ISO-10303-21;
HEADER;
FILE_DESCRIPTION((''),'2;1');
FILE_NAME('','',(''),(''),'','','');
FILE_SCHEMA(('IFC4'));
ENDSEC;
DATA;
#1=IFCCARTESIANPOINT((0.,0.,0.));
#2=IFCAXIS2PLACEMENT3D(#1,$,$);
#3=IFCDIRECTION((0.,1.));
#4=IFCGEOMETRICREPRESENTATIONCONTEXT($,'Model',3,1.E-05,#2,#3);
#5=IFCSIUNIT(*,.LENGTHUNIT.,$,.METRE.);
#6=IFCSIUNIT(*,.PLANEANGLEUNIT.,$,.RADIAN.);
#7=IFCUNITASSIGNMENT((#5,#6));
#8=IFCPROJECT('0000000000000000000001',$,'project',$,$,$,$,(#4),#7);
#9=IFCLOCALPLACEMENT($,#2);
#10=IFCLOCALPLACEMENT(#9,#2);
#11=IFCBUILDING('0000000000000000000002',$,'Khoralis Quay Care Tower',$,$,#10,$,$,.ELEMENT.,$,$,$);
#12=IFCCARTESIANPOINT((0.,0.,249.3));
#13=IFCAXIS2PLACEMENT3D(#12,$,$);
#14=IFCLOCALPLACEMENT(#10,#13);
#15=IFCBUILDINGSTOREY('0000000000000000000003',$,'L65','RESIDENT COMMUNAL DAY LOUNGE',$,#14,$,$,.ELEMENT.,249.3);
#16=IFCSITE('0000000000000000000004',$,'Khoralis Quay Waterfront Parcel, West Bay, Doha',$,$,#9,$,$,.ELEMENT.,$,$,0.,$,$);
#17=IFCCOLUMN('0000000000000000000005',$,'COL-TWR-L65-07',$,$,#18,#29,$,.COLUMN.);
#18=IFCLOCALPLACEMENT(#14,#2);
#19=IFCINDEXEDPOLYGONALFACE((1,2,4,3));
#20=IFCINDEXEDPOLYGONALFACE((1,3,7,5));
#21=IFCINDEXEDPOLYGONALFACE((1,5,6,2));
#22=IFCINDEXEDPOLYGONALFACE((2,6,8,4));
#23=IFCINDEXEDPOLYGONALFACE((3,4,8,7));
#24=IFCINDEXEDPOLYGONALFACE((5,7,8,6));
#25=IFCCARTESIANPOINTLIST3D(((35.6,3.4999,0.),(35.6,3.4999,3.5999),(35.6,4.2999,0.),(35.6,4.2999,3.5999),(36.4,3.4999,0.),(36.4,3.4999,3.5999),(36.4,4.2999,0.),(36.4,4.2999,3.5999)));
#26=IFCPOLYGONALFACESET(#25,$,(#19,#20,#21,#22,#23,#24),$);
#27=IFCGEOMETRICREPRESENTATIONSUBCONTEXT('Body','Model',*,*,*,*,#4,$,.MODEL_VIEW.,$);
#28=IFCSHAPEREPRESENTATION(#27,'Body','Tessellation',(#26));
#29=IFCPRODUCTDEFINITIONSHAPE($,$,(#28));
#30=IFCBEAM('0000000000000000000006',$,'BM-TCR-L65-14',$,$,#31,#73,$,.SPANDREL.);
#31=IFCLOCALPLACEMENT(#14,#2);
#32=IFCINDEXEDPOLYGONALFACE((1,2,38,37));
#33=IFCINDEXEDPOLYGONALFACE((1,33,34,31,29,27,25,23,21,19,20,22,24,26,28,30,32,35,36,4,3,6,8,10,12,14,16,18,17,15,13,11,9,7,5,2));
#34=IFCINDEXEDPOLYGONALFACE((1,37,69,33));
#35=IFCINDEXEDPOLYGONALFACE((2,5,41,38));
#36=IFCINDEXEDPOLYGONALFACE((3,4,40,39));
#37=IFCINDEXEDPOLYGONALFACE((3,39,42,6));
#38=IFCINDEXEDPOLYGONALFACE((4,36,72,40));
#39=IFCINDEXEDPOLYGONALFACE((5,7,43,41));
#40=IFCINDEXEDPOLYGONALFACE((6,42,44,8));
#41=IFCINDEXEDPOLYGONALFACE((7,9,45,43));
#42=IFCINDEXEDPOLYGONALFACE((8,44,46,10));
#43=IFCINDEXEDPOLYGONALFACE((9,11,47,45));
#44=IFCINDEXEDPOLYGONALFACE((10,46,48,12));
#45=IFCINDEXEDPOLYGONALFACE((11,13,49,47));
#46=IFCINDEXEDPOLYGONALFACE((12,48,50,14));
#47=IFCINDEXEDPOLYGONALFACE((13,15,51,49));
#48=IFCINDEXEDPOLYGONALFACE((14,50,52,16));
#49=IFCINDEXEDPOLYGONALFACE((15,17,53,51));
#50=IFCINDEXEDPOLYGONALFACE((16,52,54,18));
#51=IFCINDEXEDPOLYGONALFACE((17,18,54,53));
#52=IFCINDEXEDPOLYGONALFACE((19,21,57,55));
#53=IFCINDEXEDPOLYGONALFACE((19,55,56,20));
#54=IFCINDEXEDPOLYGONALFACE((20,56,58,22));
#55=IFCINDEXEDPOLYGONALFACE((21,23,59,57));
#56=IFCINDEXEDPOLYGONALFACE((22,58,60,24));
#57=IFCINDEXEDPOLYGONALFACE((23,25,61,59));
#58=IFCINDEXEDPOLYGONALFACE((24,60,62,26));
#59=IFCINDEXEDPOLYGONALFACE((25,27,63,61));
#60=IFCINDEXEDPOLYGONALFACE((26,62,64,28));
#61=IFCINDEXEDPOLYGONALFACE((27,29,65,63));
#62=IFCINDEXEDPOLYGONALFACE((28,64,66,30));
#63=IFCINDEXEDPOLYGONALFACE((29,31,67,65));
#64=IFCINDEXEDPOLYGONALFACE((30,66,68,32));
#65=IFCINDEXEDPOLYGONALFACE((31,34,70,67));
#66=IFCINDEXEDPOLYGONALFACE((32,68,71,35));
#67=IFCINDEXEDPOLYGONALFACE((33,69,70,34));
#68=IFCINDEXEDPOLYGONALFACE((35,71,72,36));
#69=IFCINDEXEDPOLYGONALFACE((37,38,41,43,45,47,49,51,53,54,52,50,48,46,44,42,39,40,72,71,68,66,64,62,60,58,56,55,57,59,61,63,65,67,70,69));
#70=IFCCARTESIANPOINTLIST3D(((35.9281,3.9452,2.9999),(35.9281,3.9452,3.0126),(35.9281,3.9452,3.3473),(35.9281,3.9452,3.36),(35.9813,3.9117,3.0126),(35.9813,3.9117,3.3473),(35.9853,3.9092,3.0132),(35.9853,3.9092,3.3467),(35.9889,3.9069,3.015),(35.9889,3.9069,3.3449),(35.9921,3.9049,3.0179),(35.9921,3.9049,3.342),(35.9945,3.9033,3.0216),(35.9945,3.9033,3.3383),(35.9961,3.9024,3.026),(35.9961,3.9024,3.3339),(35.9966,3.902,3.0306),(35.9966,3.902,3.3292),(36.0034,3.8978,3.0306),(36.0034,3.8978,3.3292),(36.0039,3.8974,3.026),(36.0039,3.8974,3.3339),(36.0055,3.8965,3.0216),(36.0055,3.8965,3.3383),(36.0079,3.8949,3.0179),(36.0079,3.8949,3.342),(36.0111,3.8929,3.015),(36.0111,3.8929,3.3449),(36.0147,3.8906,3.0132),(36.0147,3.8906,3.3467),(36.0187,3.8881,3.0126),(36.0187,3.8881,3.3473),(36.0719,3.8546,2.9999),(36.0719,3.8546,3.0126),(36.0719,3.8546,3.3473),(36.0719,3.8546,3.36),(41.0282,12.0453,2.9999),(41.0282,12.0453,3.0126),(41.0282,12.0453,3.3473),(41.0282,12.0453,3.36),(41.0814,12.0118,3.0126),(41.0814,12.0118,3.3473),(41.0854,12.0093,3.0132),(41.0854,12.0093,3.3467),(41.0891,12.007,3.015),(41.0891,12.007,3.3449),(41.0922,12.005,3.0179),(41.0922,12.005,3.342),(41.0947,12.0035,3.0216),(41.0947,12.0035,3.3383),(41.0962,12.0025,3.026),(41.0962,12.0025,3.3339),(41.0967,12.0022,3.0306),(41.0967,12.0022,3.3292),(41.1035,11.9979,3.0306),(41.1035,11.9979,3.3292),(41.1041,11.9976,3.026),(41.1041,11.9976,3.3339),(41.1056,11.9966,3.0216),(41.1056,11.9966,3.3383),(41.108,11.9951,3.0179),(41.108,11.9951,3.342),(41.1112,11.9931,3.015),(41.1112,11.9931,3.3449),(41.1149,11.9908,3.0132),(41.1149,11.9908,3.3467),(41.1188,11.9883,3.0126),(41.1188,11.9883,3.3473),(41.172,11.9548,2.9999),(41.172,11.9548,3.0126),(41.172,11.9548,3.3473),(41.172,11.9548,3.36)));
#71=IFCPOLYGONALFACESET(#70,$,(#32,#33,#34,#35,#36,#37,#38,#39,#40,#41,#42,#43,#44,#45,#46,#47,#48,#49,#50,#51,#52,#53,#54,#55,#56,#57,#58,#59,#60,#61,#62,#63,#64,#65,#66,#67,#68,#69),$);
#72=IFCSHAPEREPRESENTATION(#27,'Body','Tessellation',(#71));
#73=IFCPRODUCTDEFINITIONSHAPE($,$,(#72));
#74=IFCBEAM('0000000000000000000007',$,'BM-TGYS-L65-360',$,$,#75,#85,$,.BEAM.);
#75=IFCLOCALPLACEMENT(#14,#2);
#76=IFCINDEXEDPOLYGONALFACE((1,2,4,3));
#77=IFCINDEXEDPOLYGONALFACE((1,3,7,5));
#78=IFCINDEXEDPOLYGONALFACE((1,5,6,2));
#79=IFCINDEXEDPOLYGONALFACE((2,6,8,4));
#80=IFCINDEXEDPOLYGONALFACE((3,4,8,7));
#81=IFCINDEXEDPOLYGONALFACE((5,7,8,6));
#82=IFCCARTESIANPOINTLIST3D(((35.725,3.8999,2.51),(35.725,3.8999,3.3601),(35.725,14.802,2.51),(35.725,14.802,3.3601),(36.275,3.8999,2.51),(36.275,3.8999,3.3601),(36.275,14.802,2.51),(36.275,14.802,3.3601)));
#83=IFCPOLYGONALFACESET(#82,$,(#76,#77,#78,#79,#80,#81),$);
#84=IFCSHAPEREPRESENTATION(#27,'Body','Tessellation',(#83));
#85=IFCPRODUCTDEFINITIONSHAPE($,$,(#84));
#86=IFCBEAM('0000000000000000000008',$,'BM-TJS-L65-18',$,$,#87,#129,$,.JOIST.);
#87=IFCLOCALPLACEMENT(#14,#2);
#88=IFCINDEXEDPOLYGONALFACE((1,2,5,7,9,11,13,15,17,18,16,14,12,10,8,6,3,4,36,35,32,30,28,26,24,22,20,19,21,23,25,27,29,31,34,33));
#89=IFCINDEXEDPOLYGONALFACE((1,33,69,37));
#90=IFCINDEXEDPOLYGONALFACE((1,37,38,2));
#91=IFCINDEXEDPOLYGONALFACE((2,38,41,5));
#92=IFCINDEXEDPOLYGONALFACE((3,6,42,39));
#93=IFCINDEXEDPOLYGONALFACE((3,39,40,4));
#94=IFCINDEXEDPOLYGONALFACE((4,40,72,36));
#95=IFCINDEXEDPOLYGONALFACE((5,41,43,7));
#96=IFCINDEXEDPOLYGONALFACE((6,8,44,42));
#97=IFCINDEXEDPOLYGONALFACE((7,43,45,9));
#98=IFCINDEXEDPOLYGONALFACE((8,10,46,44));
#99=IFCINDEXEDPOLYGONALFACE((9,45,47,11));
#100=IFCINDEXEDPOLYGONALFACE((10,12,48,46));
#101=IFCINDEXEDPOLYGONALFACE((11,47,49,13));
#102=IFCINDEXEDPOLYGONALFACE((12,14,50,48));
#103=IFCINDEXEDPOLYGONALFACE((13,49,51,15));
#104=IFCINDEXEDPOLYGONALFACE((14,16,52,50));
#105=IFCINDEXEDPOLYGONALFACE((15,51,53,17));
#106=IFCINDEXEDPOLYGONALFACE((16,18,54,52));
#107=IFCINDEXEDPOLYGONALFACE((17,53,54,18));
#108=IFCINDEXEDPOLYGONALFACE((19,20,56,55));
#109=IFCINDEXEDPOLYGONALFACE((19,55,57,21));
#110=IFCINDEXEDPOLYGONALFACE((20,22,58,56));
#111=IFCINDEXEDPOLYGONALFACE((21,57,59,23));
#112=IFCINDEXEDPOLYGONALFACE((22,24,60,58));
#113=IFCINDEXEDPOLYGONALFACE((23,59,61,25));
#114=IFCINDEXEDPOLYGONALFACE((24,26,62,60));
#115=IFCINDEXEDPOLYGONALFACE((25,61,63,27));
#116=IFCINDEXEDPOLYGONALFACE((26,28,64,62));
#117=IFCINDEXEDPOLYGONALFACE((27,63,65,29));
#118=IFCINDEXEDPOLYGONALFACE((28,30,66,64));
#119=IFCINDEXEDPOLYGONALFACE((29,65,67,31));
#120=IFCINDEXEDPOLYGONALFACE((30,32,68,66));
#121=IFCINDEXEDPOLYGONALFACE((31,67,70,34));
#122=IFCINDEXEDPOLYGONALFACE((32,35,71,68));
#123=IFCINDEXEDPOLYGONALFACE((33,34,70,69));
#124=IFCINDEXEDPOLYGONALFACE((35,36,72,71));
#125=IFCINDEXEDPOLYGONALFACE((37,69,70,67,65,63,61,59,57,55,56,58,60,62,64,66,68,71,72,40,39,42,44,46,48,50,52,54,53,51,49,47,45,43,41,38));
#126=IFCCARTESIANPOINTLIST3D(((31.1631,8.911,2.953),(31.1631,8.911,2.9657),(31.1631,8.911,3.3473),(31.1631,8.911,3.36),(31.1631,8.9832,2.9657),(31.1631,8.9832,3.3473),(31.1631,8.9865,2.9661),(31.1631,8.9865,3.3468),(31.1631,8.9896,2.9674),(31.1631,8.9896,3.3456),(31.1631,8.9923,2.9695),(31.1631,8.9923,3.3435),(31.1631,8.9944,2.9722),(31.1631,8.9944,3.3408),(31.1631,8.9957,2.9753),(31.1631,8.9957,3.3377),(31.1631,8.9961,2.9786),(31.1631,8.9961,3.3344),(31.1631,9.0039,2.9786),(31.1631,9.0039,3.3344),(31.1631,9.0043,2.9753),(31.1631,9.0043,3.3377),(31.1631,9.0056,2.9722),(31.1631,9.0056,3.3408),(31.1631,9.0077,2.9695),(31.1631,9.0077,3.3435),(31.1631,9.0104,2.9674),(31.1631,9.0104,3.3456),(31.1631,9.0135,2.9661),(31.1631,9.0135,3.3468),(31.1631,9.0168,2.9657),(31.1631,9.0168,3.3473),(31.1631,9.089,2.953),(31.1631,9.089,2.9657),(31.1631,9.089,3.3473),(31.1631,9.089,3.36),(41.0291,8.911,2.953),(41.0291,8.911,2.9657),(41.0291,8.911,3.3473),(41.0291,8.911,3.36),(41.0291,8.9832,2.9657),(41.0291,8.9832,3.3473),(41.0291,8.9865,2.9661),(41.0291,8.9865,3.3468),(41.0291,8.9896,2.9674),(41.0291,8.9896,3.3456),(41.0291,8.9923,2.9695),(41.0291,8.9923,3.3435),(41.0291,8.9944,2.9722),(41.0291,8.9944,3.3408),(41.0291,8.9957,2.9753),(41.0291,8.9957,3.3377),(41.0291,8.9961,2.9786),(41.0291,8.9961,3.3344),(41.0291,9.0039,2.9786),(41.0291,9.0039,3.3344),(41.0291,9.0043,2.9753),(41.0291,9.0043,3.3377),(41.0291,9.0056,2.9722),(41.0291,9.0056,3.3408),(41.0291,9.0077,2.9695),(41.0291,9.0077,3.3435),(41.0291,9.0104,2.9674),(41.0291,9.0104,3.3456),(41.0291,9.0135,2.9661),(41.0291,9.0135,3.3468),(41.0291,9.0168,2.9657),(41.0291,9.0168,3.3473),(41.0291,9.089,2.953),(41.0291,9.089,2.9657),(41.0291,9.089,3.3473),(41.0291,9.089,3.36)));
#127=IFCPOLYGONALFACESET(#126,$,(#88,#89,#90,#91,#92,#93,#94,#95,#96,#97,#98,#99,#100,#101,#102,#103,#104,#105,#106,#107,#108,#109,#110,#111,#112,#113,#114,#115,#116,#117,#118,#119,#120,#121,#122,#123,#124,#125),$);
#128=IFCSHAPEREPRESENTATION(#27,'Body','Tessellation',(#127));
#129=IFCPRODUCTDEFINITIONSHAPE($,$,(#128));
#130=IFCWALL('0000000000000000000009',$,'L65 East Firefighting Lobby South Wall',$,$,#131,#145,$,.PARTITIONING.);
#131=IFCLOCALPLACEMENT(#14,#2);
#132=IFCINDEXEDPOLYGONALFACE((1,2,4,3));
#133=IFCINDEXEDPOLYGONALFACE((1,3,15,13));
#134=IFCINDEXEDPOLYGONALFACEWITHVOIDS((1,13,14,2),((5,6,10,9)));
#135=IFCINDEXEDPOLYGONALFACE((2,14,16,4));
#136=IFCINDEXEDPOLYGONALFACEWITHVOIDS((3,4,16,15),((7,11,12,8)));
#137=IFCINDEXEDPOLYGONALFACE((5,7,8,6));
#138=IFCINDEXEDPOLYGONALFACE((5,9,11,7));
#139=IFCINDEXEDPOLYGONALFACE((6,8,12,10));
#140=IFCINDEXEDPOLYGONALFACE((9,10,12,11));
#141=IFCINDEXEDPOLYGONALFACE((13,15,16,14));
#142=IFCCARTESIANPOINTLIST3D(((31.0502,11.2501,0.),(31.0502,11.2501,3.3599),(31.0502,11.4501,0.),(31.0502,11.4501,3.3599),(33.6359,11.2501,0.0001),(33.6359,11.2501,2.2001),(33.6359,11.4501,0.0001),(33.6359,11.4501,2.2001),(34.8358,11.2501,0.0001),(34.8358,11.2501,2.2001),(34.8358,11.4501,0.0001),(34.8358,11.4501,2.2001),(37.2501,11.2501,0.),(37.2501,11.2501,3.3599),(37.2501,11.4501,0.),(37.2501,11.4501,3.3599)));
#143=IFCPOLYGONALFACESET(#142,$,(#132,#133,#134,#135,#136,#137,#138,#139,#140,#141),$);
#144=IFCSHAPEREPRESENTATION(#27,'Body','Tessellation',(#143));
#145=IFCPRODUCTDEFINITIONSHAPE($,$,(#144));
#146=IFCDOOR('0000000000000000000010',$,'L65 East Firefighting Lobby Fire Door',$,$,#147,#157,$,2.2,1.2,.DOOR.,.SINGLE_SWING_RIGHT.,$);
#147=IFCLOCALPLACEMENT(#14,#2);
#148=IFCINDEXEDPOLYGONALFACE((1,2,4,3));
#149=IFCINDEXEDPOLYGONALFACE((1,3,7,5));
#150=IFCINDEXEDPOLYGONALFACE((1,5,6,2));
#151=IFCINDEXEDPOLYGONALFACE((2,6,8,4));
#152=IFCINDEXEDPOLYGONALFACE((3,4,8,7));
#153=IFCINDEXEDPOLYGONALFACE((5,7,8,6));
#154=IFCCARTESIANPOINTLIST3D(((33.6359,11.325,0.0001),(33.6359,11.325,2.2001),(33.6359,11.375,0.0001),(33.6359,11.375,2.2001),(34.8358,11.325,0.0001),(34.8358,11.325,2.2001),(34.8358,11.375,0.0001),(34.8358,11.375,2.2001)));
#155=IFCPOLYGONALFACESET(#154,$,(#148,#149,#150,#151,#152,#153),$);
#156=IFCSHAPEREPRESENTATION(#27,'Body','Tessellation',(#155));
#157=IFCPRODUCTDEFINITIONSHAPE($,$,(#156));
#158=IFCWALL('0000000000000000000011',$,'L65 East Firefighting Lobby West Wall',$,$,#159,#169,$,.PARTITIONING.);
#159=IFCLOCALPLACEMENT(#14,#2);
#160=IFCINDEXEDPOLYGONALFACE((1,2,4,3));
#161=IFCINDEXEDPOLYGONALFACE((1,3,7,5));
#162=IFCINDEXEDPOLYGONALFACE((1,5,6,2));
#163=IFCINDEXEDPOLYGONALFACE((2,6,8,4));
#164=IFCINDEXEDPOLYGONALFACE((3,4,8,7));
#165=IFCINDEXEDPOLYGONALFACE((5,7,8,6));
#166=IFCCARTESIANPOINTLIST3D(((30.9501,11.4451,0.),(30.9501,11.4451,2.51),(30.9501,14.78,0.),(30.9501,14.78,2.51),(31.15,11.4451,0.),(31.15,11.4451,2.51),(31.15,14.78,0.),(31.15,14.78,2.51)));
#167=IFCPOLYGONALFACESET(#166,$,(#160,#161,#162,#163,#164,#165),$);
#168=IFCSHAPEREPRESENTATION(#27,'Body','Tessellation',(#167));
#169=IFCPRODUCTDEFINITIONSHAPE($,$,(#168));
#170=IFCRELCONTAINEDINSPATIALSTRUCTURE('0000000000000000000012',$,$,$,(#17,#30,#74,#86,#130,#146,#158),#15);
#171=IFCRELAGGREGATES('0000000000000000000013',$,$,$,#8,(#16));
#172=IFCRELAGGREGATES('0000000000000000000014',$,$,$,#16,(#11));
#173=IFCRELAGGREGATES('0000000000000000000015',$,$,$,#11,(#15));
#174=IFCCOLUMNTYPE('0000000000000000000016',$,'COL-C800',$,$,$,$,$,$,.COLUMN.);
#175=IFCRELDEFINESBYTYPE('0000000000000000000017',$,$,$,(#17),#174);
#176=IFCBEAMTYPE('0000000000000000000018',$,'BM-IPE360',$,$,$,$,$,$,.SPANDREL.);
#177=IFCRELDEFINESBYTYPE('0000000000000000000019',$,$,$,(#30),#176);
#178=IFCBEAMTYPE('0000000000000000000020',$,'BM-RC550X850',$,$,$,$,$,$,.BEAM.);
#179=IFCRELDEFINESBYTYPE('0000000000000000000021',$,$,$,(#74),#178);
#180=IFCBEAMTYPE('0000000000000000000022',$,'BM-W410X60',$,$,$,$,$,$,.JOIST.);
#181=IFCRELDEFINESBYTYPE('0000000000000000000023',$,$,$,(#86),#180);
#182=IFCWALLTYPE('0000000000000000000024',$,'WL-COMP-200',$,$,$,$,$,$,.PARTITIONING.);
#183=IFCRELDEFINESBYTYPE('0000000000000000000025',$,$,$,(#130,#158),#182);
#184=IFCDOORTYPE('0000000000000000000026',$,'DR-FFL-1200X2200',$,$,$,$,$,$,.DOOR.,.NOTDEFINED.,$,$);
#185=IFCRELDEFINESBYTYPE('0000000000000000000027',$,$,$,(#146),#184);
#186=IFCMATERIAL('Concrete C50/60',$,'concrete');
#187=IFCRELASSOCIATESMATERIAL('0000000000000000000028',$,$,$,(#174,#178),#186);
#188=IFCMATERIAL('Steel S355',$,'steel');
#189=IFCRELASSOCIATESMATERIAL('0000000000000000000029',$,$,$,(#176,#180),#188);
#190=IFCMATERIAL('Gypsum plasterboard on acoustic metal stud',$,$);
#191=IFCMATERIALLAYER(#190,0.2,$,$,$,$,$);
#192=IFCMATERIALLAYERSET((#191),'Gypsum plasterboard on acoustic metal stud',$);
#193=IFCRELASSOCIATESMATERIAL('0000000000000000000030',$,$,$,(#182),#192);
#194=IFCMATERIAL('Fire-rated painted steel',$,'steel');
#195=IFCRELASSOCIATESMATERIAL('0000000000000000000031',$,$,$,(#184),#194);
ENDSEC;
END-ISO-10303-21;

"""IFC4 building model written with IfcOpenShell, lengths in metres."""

from ifc_helpers import new_model, si_unit, direction, frame, frame_2d, origin, origin_2d, place, context, subcontext, project, spatial, rectangle, i_section, extrude, source, transform, mapped, material, layer, layer_set, material_profile, profile_set, type_object, element, fill, save


model = new_model("IFC4")

# Units and contexts
model_context = context("Model", 3, precision=1e-05, world=origin(), true_north=direction((0.0, 1.0)))
body_context = subcontext(model_context, "Body", "Model", "MODEL_VIEW")
ifc_project = project(units=[si_unit("LENGTHUNIT", "METRE"), si_unit("PLANEANGLEUNIT", "RADIAN")], contexts=[model_context])

# Site, building, storey
site_placement = place(None, origin())
site = spatial("IfcSite", under=ifc_project, at=site_placement, Name="Khoralis Quay Waterfront Parcel, West Bay, Doha", CompositionType="ELEMENT", RefElevation=0.0)
building_placement = place(site_placement, origin())
building = spatial("IfcBuilding", under=site, at=building_placement, Name="Khoralis Quay Care Tower", CompositionType="ELEMENT")
storey_placement = place(building_placement, frame((0.0, 0.0, 249.3)))
storey = spatial("IfcBuildingStorey", under=building, at=storey_placement, Name="L65", Description="RESIDENT COMMUNAL DAY LOUNGE", CompositionType="ELEMENT", Elevation=249.3)

# Column
ifc_material_1 = material(Name="Concrete C50/60", Category="concrete")
ifc_material_profile_1 = material_profile(ifc_material_1, rectangle(XDim=0.8, YDim=0.8, at=origin_2d()), Name="Concrete C50/60")
ifc_profile_set_1 = profile_set([ifc_material_profile_1], Name="Concrete C50/60")
column_type = type_object("IfcColumnType", Name="COL-C800", PredefinedType="COLUMN", material=ifc_profile_set_1)
shared_shape_1 = source(origin(), body_context, "Body", "SweptSolid", [
    extrude(rectangle(XDim=0.8, YDim=0.8, at=origin_2d()), origin(), (0.0, 0.0, 1.0), 3.5999),
])
column_placement = place(storey_placement, frame((36.0, 3.8999, 0.0), z_axis=(0.0, 0.0, 1.0), x_axis=(1.0, 0.0, 0.0)))
element("IfcColumn", 1, at=column_placement, inside=storey, type_object=column_type, Name="COL-TWR-L65-07", PredefinedType="COLUMN", context=body_context, shape_type="MappedRepresentation", body=[
    mapped(shared_shape_1, transform((0.0, 0.0, 0.0), scale=1.0)),
])

# Beams
ifc_material_2 = material(Name="Steel S355", Category="steel")
ifc_material_profile_2 = material_profile(ifc_material_2, i_section(OverallWidth=0.1699, OverallDepth=0.3601, WebThickness=0.0081, FlangeThickness=0.0127, FilletRadius=0.0181, at=origin_2d()), Name="Steel S355")
ifc_profile_set_2 = profile_set([ifc_material_profile_2], Name="Steel S355")
beam_type_1 = type_object("IfcBeamType", Name="BM-IPE360", PredefinedType="SPANDREL", material=ifc_profile_set_2)
shared_shape_2 = source(origin(), body_context, "Body", "SweptSolid", [
    extrude(i_section(OverallWidth=0.1699, OverallDepth=0.3601, WebThickness=0.0081, FlangeThickness=0.0127, FilletRadius=0.0181, at=origin_2d()), origin(), (0.0, 0.0, 1.0), 9.572),
])
beam_1_placement = place(storey_placement, frame((36.0, 3.8999, 3.1799), z_axis=(0.532816, 0.846231, 0.0), x_axis=(-0.846231, 0.532816, 0.0)))
element("IfcBeam", 2, at=beam_1_placement, inside=storey, type_object=beam_type_1, Name="BM-TCR-L65-14", PredefinedType="SPANDREL", context=body_context, shape_type="MappedRepresentation", body=[
    mapped(shared_shape_2, transform((0.0, 0.0, 0.0), scale=1.0)),
])
ifc_material_profile_3 = material_profile(ifc_material_1, rectangle(XDim=0.55, YDim=0.8501, at=origin_2d()), Name="Concrete C50/60")
ifc_profile_set_3 = profile_set([ifc_material_profile_3], Name="Concrete C50/60")
beam_type_2 = type_object("IfcBeamType", Name="BM-RC550X850", PredefinedType="BEAM", material=ifc_profile_set_3)
shared_shape_3 = source(origin(), body_context, "Body", "SweptSolid", [
    extrude(rectangle(XDim=0.55, YDim=0.8501, at=origin_2d()), origin(), (0.0, 0.0, 1.0), 10.9021),
])
beam_2_placement = place(storey_placement, frame((36.0, 3.8999, 2.9351), z_axis=(0.0, 1.0, 0.0), x_axis=(-1.0, 0.0, 0.0)))
element("IfcBeam", 3, at=beam_2_placement, inside=storey, type_object=beam_type_2, Name="BM-TGYS-L65-360", PredefinedType="BEAM", context=body_context, shape_type="MappedRepresentation", body=[
    mapped(shared_shape_3, transform((0.0, 0.0, 0.0), scale=1.0)),
])
ifc_material_profile_4 = material_profile(ifc_material_2, i_section(OverallWidth=0.178, OverallDepth=0.407, WebThickness=0.0078, FlangeThickness=0.0127, FilletRadius=0.0129, at=origin_2d()), Name="Steel S355")
ifc_profile_set_4 = profile_set([ifc_material_profile_4], Name="Steel S355")
beam_type_3 = type_object("IfcBeamType", Name="BM-W410X60", PredefinedType="JOIST", material=ifc_profile_set_4)
shared_shape_4 = source(origin(), body_context, "Body", "SweptSolid", [
    extrude(i_section(OverallWidth=0.178, OverallDepth=0.407, WebThickness=0.0078, FlangeThickness=0.0127, FilletRadius=0.0129, at=origin_2d()), origin(), (0.0, 0.0, 1.0), 9.866),
])
beam_3_placement = place(storey_placement, frame((31.1631, 9.0, 3.1565), z_axis=(1.0, 0.0, 0.0), x_axis=(0.0, 1.0, 0.0)))
element("IfcBeam", 4, at=beam_3_placement, inside=storey, type_object=beam_type_3, Name="BM-TJS-L65-18", PredefinedType="JOIST", context=body_context, shape_type="MappedRepresentation", body=[
    mapped(shared_shape_4, transform((0.0, 0.0, 0.0), scale=1.0)),
])

# Wall, opening, door
ifc_material_3 = material(Name="Gypsum plasterboard on acoustic metal stud")
ifc_layer_1 = layer(ifc_material_3, 0.2)
ifc_layer_set_1 = layer_set([ifc_layer_1], Name="Gypsum plasterboard on acoustic metal stud")
wall_type_1 = type_object("IfcWallType", Name="WL-COMP-200", PredefinedType="PARTITIONING", material=ifc_layer_set_1)
wall_1_placement = place(storey_placement, frame((31.05, 11.3501, 0.0), z_axis=(0.0, 0.0, 1.0), x_axis=(1.0, 0.0, 0.0)))
wall_1 = element("IfcWall", 5, at=wall_1_placement, inside=storey, type_object=wall_type_1, Name="L65 East Firefighting Lobby South Wall", PredefinedType="PARTITIONING", context=body_context, shape_type="SweptSolid", body=[
    extrude(rectangle(XDim=6.2, YDim=0.2, at=frame_2d((3.1001, 0.0))), origin(), (0.0, 0.0, 1.0), 3.3599),
])
opening_1_placement = place(wall_1_placement, frame((2.5857, 0.0, 0.0)))
opening_1 = element("IfcOpeningElement", 6, at=opening_1_placement, cuts=wall_1, PredefinedType="OPENING", context=body_context, shape_type="SweptSolid", body=[
    extrude(rectangle(XDim=1.2, YDim=2.2, at=frame_2d((0.6001, 1.1001))), frame((0.0, 0.1099, 0.0), z_axis=(0.0, -1.0, 0.0), x_axis=(1.0, 0.0, 0.0)), (0.0, 0.0, 1.0), 0.22),
])
ifc_material_4 = material(Name="Fire-rated painted steel", Category="steel")
door_type_1 = type_object("IfcDoorType", Name="DR-FFL-1200X2200", OperationType="NOTDEFINED", PredefinedType="DOOR", material=ifc_material_4)
shared_shape_5 = source(origin(), body_context, "Body", "SweptSolid", [
    extrude(rectangle(XDim=1.2, YDim=2.2, at=frame_2d((0.6001, 1.1001))), frame((0.0, 0.0249, 0.0), z_axis=(0.0, -1.0, 0.0), x_axis=(1.0, 0.0, 0.0)), (0.0, 0.0, 1.0), 0.05),
])
door_1_placement = place(opening_1_placement, origin())
door_1 = element("IfcDoor", 7, at=door_1_placement, inside=storey, type_object=door_type_1, Name="L65 East Firefighting Lobby Fire Door", OperationType="SINGLE_SWING_RIGHT", OverallHeight=2.2, OverallWidth=1.2, PredefinedType="DOOR", context=body_context, shape_type="MappedRepresentation", body=[
    mapped(shared_shape_5, transform((0.0, 0.0, 0.0), scale=1.0)),
])
fill(opening_1, door_1)

# Wall
wall_2_placement = place(storey_placement, frame((31.05, 11.4451, 0.0), z_axis=(0.0, 0.0, 1.0), x_axis=(0.0, 1.0, 0.0)))
element("IfcWall", 8, at=wall_2_placement, inside=storey, type_object=wall_type_1, Name="L65 East Firefighting Lobby West Wall", PredefinedType="PARTITIONING", context=body_context, shape_type="SweptSolid", body=[
    extrude(rectangle(XDim=3.335, YDim=0.2, at=frame_2d((1.6675, 0.0))), origin(), (0.0, 0.0, 1.0), 2.51),
])

save(model, "model.ifc")
